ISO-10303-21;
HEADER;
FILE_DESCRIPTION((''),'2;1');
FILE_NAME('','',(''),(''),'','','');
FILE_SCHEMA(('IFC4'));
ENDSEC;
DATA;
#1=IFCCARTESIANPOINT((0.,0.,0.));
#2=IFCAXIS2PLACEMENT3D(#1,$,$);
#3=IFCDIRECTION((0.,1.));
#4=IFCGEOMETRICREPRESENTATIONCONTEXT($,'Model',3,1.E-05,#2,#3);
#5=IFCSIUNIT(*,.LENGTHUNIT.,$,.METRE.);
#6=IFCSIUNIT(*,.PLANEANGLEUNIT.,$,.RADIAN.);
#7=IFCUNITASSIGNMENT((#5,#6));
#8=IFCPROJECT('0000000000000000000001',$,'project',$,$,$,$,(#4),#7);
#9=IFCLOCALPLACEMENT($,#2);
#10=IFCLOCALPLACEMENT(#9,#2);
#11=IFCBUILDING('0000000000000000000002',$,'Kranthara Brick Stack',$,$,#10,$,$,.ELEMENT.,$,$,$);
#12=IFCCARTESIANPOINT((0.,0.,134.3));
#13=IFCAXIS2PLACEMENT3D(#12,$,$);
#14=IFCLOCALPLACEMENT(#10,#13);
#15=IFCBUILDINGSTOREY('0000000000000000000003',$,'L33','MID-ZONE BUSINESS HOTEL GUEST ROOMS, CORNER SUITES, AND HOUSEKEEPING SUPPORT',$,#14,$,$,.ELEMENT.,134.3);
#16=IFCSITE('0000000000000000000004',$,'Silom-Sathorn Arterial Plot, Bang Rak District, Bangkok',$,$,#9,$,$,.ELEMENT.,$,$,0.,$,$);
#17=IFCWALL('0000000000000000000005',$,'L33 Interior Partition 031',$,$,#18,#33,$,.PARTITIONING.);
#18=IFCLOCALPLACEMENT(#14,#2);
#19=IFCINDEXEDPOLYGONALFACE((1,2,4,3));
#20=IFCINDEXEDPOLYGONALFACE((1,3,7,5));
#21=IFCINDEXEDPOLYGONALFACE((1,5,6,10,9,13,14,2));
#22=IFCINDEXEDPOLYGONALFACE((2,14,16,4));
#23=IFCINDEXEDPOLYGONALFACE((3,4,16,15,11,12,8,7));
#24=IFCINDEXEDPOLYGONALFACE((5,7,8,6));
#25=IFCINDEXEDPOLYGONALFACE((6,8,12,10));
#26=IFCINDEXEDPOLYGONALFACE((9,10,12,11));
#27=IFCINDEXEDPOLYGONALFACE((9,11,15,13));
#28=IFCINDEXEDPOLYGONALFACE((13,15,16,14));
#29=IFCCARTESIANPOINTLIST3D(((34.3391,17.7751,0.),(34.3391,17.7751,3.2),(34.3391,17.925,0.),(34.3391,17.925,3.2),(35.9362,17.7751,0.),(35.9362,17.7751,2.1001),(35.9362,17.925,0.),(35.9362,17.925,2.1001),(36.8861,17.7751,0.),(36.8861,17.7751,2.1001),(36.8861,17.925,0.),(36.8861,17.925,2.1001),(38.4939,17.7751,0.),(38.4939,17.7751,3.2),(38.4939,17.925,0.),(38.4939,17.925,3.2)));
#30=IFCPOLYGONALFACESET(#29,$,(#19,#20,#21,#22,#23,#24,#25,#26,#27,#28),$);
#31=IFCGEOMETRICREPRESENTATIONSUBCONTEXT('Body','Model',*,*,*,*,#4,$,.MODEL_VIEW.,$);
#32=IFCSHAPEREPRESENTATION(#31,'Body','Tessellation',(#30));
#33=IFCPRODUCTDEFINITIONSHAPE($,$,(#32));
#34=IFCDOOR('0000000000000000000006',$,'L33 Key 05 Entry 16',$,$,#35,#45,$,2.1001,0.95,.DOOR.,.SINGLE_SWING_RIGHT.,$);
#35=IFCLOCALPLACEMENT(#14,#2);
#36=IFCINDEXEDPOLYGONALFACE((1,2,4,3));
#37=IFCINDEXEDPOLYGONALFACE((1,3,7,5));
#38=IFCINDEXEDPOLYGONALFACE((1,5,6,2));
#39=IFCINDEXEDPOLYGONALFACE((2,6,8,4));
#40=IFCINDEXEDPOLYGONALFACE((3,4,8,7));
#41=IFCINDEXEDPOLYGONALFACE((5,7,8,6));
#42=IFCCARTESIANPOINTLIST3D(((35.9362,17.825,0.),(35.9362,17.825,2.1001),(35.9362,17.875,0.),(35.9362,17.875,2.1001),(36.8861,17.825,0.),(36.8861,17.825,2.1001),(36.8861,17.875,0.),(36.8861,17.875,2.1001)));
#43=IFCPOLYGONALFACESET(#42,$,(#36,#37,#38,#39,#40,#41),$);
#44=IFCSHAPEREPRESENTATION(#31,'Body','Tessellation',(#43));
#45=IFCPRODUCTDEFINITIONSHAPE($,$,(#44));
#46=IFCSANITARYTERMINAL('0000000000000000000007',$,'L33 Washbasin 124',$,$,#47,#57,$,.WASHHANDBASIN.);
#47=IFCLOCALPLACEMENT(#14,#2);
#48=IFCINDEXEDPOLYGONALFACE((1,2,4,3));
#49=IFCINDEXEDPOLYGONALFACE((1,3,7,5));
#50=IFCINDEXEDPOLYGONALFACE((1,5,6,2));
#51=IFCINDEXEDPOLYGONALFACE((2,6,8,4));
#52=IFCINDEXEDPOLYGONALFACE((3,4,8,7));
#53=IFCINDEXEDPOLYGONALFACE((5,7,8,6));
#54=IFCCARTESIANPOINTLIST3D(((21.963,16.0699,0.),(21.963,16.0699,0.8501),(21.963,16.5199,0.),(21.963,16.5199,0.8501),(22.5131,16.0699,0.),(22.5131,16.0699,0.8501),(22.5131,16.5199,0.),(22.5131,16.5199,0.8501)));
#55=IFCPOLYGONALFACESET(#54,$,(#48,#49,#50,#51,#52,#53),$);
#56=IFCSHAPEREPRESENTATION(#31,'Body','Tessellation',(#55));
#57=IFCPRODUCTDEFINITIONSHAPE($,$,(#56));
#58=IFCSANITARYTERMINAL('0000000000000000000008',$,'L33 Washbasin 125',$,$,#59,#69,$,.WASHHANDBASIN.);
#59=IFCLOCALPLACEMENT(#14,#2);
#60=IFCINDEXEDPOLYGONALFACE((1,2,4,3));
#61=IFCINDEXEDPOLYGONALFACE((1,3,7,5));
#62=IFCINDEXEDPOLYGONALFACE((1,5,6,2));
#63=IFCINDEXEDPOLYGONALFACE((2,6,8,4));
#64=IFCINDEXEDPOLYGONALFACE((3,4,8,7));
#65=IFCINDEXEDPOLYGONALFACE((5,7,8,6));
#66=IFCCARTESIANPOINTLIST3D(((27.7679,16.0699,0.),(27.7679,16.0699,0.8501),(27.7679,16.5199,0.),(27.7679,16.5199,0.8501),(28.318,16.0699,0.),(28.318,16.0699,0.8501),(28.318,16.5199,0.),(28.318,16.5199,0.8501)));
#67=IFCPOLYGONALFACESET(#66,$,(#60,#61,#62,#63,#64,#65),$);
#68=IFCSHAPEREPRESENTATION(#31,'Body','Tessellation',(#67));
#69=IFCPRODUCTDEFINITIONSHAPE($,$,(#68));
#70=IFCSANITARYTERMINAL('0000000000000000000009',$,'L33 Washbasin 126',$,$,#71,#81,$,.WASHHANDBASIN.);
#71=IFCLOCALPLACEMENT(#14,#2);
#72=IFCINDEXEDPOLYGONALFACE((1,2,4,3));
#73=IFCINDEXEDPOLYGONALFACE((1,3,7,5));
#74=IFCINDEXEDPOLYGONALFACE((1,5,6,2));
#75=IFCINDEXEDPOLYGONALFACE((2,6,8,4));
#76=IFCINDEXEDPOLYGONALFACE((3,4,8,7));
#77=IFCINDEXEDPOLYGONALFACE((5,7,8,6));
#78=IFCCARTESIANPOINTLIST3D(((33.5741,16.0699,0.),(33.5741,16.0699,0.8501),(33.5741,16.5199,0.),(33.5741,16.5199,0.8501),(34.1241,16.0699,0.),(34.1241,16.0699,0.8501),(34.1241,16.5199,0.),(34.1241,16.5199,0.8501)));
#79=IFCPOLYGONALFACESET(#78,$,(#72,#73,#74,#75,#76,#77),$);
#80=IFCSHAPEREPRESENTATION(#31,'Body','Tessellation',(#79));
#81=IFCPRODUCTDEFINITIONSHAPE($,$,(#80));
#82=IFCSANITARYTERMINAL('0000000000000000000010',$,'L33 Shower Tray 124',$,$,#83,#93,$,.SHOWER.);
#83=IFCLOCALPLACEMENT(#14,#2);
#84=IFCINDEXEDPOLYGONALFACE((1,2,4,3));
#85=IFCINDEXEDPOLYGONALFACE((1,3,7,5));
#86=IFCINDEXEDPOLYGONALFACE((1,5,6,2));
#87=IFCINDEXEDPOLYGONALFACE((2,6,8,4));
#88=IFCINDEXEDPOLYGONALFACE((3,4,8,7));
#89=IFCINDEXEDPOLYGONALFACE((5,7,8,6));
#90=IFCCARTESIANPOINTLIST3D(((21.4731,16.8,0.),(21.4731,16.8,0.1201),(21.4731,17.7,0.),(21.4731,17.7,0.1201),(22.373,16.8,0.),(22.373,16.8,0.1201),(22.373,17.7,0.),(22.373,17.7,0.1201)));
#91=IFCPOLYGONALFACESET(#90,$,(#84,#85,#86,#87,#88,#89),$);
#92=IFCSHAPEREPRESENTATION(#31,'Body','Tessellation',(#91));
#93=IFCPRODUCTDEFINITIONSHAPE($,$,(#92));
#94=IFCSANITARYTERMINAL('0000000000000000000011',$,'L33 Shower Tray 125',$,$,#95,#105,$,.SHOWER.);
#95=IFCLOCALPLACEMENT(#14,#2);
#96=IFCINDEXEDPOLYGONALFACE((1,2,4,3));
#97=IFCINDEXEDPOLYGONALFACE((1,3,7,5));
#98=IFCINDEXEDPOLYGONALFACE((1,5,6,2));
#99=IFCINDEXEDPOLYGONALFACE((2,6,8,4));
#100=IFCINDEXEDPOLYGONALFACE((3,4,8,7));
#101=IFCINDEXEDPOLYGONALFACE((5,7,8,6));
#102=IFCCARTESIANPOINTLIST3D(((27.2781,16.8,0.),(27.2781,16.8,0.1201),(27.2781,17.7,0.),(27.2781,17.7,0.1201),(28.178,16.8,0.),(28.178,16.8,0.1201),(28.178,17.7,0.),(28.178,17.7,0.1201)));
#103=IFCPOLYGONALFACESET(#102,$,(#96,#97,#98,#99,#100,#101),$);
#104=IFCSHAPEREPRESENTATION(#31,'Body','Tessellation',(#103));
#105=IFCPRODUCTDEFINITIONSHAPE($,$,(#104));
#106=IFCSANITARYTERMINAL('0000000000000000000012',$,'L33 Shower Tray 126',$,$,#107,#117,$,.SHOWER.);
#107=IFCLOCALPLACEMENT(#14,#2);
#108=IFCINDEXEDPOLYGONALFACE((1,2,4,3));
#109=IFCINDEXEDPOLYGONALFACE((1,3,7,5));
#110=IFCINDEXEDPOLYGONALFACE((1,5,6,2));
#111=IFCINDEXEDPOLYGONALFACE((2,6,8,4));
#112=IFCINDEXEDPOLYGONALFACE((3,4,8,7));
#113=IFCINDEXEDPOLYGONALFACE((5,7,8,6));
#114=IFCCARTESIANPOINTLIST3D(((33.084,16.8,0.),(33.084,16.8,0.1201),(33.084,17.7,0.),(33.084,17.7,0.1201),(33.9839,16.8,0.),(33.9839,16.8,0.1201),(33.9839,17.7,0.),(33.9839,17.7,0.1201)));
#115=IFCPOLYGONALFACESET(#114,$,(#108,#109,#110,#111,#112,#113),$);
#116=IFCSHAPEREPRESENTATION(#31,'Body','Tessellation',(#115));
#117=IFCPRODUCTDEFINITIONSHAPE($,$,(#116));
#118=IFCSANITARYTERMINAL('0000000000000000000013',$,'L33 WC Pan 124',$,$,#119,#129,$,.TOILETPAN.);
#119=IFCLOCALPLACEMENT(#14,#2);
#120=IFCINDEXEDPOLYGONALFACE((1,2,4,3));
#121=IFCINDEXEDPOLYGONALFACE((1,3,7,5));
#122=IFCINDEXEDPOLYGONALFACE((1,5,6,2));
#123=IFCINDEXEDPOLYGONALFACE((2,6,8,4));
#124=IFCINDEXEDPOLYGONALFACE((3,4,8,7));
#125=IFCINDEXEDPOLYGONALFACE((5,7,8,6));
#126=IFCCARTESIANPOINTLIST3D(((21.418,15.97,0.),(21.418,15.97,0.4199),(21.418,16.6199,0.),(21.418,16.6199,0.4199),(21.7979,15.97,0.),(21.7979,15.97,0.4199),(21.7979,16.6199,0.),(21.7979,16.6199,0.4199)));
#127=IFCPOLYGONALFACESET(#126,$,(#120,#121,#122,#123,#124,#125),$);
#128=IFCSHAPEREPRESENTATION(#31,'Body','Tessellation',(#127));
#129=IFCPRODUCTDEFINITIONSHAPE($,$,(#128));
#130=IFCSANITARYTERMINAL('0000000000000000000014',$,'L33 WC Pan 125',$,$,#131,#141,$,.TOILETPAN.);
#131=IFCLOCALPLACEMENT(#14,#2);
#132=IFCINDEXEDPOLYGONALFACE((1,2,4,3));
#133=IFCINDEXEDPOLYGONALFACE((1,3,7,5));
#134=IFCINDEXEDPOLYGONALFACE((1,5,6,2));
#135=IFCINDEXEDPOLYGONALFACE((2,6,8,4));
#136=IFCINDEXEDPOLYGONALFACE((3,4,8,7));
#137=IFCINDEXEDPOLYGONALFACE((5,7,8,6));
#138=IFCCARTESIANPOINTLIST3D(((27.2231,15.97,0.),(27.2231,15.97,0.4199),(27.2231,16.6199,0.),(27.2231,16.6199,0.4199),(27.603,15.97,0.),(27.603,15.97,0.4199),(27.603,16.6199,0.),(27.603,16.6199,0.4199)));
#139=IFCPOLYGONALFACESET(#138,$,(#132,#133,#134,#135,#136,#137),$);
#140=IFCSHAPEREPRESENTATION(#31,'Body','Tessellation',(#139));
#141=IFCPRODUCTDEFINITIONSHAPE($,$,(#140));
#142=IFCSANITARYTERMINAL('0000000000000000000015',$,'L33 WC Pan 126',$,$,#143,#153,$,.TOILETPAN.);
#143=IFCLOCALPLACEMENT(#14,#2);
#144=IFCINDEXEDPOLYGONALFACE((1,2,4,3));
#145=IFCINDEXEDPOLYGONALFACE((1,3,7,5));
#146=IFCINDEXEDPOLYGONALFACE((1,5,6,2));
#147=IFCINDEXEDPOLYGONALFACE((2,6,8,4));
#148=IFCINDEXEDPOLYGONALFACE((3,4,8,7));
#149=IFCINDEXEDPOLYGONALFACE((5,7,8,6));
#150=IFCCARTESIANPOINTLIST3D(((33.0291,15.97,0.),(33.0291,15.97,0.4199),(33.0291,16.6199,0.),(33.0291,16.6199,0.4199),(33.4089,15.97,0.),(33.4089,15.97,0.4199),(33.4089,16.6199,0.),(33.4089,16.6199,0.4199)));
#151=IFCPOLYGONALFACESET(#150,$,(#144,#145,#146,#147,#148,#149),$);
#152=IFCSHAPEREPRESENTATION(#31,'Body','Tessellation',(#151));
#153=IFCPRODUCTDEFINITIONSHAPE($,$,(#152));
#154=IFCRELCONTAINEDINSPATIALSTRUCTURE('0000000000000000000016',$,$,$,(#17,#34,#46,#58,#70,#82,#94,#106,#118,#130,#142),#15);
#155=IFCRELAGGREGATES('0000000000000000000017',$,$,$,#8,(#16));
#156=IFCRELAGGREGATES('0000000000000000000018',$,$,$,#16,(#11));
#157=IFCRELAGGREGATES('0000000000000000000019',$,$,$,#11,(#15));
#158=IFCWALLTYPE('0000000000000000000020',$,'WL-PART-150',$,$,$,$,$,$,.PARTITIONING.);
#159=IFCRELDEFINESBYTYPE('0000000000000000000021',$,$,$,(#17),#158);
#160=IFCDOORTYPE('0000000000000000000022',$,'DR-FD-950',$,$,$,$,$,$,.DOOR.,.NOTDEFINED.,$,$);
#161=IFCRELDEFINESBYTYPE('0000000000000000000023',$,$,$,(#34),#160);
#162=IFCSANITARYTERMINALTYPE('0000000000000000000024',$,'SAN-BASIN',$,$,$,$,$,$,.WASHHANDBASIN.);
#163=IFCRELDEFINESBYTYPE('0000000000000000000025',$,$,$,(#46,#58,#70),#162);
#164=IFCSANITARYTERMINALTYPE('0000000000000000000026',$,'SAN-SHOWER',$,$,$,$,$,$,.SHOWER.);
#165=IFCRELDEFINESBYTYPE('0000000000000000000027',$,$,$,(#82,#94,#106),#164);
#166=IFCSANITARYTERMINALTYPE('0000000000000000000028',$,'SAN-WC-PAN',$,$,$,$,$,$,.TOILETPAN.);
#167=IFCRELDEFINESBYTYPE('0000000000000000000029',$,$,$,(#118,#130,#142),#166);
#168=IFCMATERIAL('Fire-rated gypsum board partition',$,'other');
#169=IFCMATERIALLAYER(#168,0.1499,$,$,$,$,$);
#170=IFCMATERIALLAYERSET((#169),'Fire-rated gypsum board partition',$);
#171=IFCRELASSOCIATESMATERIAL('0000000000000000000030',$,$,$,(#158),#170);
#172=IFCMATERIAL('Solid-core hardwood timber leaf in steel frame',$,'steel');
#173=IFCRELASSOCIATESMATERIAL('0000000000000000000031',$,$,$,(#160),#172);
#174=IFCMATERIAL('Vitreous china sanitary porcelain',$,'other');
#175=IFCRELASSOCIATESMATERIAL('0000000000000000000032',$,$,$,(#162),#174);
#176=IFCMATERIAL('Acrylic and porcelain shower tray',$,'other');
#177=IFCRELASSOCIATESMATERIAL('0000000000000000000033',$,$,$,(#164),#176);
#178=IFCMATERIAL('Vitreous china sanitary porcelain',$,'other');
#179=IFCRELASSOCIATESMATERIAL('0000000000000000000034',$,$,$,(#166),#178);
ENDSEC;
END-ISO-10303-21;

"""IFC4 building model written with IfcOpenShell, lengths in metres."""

from ifc_helpers import new_model, si_unit, direction, frame, frame_2d, origin, origin_2d, place, context, subcontext, project, spatial, rectangle, extrude, material, layer, layer_set, type_object, element, fill, save


model = new_model("IFC4")

# Units and contexts
model_context = context("Model", 3, precision=1e-05, world=origin(), true_north=direction((0.0, 1.0)))
body_context = subcontext(model_context, "Body", "Model", "MODEL_VIEW")
ifc_project = project(units=[si_unit("LENGTHUNIT", "METRE"), si_unit("PLANEANGLEUNIT", "RADIAN")], contexts=[model_context])

# Site, building, storey
site_placement = place(None, origin())
site = spatial("IfcSite", under=ifc_project, at=site_placement, Name="Silom-Sathorn Arterial Plot, Bang Rak District, Bangkok", CompositionType="ELEMENT", RefElevation=0.0)
building_placement = place(site_placement, origin())
building = spatial("IfcBuilding", under=site, at=building_placement, Name="Kranthara Brick Stack", CompositionType="ELEMENT")
storey_placement = place(building_placement, frame((0.0, 0.0, 134.3)))
storey = spatial("IfcBuildingStorey", under=building, at=storey_placement, Name="L33", Description="MID-ZONE BUSINESS HOTEL GUEST ROOMS, CORNER SUITES, AND HOUSEKEEPING SUPPORT", CompositionType="ELEMENT", Elevation=134.3)

# Shared definitions
ifc_material_1 = material(Name="Fire-rated gypsum board partition", Category="other")
ifc_layer = layer(ifc_material_1, 0.1499)
ifc_layer_set = layer_set([ifc_layer], Name="Fire-rated gypsum board partition")
wall_type = type_object("IfcWallType", Name="WL-PART-150", PredefinedType="PARTITIONING", material=ifc_layer_set)

# Shared definitions
ifc_material_2 = material(Name="Solid-core hardwood timber leaf in steel frame", Category="steel")
door_type = type_object("IfcDoorType", Name="DR-FD-950", OperationType="NOTDEFINED", PredefinedType="DOOR", material=ifc_material_2)

# Wall, opening, door
wall_1_placement = place(storey_placement, frame((34.3391, 17.8501, 0.0), z_axis=(0.0, 0.0, 1.0), x_axis=(1.0, 0.0, 0.0)))
wall_1 = element("IfcWall", 1, at=wall_1_placement, inside=storey, type_object=wall_type, Name="L33 Interior Partition 031", PredefinedType="PARTITIONING", context=body_context, shape_type="SweptSolid", body=[
    extrude(rectangle(XDim=4.1548, YDim=0.1499, at=frame_2d((2.0774, 0.0))), origin(), (0.0, 0.0, 1.0), 3.2),
])
opening_1_placement = place(wall_1_placement, frame((1.5969, 0.0, 0.0)))
opening_1 = element("IfcOpeningElement", 2, at=opening_1_placement, cuts=wall_1, PredefinedType="OPENING", context=body_context, shape_type="SweptSolid", body=[
    extrude(rectangle(XDim=0.95, YDim=2.1001, at=frame_2d((0.4751, 1.05))), frame((0.0, 0.085, 0.0), z_axis=(0.0, -1.0, 0.0), x_axis=(1.0, 0.0, 0.0)), (0.0, 0.0, 1.0), 0.1699),
])
door_1_placement = place(opening_1_placement, origin())
door_1 = element("IfcDoor", 3, at=door_1_placement, inside=storey, type_object=door_type, Name="L33 Key 05 Entry 16", OperationType="SINGLE_SWING_RIGHT", OverallHeight=2.1001, OverallWidth=0.95, PredefinedType="DOOR", context=body_context, shape_type="SweptSolid", body=[
    extrude(rectangle(XDim=0.95, YDim=2.1001, at=frame_2d((0.4751, 1.05))), frame((0.0, 0.0249, 0.0), z_axis=(0.0, -1.0, 0.0), x_axis=(1.0, 0.0, 0.0)), (0.0, 0.0, 1.0), 0.05),
])
fill(opening_1, door_1)

# Sanitary terminals
ifc_material_3 = material(Name="Vitreous china sanitary porcelain", Category="other")
sanitary_terminal_type_1 = type_object("IfcSanitaryTerminalType", Name="SAN-BASIN", PredefinedType="WASHHANDBASIN", material=ifc_material_3)
for number, where, z_axis, x_axis, name in (
    (4, (22.238, 16.2949, 0.0), (0.0, 0.0, 1.0), (1.0, 0.0, 0.0), "L33 Washbasin 124"),
    (5, (28.043, 16.2949, 0.0), (0.0, 0.0, 1.0), (1.0, 0.0, 0.0), "L33 Washbasin 125"),
    (6, (33.8491, 16.2949, 0.0), (0.0, 0.0, 1.0), (1.0, 0.0, 0.0), "L33 Washbasin 126"),
):
    element("IfcSanitaryTerminal", number, at=place(storey_placement, frame(where, z_axis=z_axis, x_axis=x_axis)), inside=storey, type_object=sanitary_terminal_type_1, Name=name, PredefinedType="WASHHANDBASIN", context=body_context, shape_type="SweptSolid", body=[
        extrude(rectangle(XDim=0.55, YDim=0.45, at=origin_2d()), origin(), (0.0, 0.0, 1.0), 0.8501),
    ])
ifc_material_4 = material(Name="Acrylic and porcelain shower tray", Category="other")
sanitary_terminal_type_2 = type_object("IfcSanitaryTerminalType", Name="SAN-SHOWER", PredefinedType="SHOWER", material=ifc_material_4)
for number, where, z_axis, x_axis, name in (
    (7, (21.9231, 17.25, 0.0), (0.0, 0.0, 1.0), (1.0, 0.0, 0.0), "L33 Shower Tray 124"),
    (8, (27.728, 17.25, 0.0), (0.0, 0.0, 1.0), (1.0, 0.0, 0.0), "L33 Shower Tray 125"),
    (9, (33.5339, 17.25, 0.0), (0.0, 0.0, 1.0), (1.0, 0.0, 0.0), "L33 Shower Tray 126"),
):
    element("IfcSanitaryTerminal", number, at=place(storey_placement, frame(where, z_axis=z_axis, x_axis=x_axis)), inside=storey, type_object=sanitary_terminal_type_2, Name=name, PredefinedType="SHOWER", context=body_context, shape_type="SweptSolid", body=[
        extrude(rectangle(XDim=0.8999, YDim=0.8999, at=origin_2d()), origin(), (0.0, 0.0, 1.0), 0.1201),
    ])
ifc_material_5 = material(Name="Vitreous china sanitary porcelain", Category="other")
sanitary_terminal_type_3 = type_object("IfcSanitaryTerminalType", Name="SAN-WC-PAN", PredefinedType="TOILETPAN", material=ifc_material_5)
for number, where, z_axis, x_axis, name in (
    (10, (21.6079, 16.2949, 0.0), (0.0, 0.0, 1.0), (1.0, 0.0, 0.0), "L33 WC Pan 124"),
    (11, (27.4131, 16.2949, 0.0), (0.0, 0.0, 1.0), (1.0, 0.0, 0.0), "L33 WC Pan 125"),
    (12, (33.219, 16.2949, 0.0), (0.0, 0.0, 1.0), (1.0, 0.0, 0.0), "L33 WC Pan 126"),
):
    element("IfcSanitaryTerminal", number, at=place(storey_placement, frame(where, z_axis=z_axis, x_axis=x_axis)), inside=storey, type_object=sanitary_terminal_type_3, Name=name, PredefinedType="TOILETPAN", context=body_context, shape_type="SweptSolid", body=[
        extrude(rectangle(XDim=0.3799, YDim=0.6499, at=origin_2d()), origin(), (0.0, 0.0, 1.0), 0.4199),
    ])

save(model, "model.ifc")
